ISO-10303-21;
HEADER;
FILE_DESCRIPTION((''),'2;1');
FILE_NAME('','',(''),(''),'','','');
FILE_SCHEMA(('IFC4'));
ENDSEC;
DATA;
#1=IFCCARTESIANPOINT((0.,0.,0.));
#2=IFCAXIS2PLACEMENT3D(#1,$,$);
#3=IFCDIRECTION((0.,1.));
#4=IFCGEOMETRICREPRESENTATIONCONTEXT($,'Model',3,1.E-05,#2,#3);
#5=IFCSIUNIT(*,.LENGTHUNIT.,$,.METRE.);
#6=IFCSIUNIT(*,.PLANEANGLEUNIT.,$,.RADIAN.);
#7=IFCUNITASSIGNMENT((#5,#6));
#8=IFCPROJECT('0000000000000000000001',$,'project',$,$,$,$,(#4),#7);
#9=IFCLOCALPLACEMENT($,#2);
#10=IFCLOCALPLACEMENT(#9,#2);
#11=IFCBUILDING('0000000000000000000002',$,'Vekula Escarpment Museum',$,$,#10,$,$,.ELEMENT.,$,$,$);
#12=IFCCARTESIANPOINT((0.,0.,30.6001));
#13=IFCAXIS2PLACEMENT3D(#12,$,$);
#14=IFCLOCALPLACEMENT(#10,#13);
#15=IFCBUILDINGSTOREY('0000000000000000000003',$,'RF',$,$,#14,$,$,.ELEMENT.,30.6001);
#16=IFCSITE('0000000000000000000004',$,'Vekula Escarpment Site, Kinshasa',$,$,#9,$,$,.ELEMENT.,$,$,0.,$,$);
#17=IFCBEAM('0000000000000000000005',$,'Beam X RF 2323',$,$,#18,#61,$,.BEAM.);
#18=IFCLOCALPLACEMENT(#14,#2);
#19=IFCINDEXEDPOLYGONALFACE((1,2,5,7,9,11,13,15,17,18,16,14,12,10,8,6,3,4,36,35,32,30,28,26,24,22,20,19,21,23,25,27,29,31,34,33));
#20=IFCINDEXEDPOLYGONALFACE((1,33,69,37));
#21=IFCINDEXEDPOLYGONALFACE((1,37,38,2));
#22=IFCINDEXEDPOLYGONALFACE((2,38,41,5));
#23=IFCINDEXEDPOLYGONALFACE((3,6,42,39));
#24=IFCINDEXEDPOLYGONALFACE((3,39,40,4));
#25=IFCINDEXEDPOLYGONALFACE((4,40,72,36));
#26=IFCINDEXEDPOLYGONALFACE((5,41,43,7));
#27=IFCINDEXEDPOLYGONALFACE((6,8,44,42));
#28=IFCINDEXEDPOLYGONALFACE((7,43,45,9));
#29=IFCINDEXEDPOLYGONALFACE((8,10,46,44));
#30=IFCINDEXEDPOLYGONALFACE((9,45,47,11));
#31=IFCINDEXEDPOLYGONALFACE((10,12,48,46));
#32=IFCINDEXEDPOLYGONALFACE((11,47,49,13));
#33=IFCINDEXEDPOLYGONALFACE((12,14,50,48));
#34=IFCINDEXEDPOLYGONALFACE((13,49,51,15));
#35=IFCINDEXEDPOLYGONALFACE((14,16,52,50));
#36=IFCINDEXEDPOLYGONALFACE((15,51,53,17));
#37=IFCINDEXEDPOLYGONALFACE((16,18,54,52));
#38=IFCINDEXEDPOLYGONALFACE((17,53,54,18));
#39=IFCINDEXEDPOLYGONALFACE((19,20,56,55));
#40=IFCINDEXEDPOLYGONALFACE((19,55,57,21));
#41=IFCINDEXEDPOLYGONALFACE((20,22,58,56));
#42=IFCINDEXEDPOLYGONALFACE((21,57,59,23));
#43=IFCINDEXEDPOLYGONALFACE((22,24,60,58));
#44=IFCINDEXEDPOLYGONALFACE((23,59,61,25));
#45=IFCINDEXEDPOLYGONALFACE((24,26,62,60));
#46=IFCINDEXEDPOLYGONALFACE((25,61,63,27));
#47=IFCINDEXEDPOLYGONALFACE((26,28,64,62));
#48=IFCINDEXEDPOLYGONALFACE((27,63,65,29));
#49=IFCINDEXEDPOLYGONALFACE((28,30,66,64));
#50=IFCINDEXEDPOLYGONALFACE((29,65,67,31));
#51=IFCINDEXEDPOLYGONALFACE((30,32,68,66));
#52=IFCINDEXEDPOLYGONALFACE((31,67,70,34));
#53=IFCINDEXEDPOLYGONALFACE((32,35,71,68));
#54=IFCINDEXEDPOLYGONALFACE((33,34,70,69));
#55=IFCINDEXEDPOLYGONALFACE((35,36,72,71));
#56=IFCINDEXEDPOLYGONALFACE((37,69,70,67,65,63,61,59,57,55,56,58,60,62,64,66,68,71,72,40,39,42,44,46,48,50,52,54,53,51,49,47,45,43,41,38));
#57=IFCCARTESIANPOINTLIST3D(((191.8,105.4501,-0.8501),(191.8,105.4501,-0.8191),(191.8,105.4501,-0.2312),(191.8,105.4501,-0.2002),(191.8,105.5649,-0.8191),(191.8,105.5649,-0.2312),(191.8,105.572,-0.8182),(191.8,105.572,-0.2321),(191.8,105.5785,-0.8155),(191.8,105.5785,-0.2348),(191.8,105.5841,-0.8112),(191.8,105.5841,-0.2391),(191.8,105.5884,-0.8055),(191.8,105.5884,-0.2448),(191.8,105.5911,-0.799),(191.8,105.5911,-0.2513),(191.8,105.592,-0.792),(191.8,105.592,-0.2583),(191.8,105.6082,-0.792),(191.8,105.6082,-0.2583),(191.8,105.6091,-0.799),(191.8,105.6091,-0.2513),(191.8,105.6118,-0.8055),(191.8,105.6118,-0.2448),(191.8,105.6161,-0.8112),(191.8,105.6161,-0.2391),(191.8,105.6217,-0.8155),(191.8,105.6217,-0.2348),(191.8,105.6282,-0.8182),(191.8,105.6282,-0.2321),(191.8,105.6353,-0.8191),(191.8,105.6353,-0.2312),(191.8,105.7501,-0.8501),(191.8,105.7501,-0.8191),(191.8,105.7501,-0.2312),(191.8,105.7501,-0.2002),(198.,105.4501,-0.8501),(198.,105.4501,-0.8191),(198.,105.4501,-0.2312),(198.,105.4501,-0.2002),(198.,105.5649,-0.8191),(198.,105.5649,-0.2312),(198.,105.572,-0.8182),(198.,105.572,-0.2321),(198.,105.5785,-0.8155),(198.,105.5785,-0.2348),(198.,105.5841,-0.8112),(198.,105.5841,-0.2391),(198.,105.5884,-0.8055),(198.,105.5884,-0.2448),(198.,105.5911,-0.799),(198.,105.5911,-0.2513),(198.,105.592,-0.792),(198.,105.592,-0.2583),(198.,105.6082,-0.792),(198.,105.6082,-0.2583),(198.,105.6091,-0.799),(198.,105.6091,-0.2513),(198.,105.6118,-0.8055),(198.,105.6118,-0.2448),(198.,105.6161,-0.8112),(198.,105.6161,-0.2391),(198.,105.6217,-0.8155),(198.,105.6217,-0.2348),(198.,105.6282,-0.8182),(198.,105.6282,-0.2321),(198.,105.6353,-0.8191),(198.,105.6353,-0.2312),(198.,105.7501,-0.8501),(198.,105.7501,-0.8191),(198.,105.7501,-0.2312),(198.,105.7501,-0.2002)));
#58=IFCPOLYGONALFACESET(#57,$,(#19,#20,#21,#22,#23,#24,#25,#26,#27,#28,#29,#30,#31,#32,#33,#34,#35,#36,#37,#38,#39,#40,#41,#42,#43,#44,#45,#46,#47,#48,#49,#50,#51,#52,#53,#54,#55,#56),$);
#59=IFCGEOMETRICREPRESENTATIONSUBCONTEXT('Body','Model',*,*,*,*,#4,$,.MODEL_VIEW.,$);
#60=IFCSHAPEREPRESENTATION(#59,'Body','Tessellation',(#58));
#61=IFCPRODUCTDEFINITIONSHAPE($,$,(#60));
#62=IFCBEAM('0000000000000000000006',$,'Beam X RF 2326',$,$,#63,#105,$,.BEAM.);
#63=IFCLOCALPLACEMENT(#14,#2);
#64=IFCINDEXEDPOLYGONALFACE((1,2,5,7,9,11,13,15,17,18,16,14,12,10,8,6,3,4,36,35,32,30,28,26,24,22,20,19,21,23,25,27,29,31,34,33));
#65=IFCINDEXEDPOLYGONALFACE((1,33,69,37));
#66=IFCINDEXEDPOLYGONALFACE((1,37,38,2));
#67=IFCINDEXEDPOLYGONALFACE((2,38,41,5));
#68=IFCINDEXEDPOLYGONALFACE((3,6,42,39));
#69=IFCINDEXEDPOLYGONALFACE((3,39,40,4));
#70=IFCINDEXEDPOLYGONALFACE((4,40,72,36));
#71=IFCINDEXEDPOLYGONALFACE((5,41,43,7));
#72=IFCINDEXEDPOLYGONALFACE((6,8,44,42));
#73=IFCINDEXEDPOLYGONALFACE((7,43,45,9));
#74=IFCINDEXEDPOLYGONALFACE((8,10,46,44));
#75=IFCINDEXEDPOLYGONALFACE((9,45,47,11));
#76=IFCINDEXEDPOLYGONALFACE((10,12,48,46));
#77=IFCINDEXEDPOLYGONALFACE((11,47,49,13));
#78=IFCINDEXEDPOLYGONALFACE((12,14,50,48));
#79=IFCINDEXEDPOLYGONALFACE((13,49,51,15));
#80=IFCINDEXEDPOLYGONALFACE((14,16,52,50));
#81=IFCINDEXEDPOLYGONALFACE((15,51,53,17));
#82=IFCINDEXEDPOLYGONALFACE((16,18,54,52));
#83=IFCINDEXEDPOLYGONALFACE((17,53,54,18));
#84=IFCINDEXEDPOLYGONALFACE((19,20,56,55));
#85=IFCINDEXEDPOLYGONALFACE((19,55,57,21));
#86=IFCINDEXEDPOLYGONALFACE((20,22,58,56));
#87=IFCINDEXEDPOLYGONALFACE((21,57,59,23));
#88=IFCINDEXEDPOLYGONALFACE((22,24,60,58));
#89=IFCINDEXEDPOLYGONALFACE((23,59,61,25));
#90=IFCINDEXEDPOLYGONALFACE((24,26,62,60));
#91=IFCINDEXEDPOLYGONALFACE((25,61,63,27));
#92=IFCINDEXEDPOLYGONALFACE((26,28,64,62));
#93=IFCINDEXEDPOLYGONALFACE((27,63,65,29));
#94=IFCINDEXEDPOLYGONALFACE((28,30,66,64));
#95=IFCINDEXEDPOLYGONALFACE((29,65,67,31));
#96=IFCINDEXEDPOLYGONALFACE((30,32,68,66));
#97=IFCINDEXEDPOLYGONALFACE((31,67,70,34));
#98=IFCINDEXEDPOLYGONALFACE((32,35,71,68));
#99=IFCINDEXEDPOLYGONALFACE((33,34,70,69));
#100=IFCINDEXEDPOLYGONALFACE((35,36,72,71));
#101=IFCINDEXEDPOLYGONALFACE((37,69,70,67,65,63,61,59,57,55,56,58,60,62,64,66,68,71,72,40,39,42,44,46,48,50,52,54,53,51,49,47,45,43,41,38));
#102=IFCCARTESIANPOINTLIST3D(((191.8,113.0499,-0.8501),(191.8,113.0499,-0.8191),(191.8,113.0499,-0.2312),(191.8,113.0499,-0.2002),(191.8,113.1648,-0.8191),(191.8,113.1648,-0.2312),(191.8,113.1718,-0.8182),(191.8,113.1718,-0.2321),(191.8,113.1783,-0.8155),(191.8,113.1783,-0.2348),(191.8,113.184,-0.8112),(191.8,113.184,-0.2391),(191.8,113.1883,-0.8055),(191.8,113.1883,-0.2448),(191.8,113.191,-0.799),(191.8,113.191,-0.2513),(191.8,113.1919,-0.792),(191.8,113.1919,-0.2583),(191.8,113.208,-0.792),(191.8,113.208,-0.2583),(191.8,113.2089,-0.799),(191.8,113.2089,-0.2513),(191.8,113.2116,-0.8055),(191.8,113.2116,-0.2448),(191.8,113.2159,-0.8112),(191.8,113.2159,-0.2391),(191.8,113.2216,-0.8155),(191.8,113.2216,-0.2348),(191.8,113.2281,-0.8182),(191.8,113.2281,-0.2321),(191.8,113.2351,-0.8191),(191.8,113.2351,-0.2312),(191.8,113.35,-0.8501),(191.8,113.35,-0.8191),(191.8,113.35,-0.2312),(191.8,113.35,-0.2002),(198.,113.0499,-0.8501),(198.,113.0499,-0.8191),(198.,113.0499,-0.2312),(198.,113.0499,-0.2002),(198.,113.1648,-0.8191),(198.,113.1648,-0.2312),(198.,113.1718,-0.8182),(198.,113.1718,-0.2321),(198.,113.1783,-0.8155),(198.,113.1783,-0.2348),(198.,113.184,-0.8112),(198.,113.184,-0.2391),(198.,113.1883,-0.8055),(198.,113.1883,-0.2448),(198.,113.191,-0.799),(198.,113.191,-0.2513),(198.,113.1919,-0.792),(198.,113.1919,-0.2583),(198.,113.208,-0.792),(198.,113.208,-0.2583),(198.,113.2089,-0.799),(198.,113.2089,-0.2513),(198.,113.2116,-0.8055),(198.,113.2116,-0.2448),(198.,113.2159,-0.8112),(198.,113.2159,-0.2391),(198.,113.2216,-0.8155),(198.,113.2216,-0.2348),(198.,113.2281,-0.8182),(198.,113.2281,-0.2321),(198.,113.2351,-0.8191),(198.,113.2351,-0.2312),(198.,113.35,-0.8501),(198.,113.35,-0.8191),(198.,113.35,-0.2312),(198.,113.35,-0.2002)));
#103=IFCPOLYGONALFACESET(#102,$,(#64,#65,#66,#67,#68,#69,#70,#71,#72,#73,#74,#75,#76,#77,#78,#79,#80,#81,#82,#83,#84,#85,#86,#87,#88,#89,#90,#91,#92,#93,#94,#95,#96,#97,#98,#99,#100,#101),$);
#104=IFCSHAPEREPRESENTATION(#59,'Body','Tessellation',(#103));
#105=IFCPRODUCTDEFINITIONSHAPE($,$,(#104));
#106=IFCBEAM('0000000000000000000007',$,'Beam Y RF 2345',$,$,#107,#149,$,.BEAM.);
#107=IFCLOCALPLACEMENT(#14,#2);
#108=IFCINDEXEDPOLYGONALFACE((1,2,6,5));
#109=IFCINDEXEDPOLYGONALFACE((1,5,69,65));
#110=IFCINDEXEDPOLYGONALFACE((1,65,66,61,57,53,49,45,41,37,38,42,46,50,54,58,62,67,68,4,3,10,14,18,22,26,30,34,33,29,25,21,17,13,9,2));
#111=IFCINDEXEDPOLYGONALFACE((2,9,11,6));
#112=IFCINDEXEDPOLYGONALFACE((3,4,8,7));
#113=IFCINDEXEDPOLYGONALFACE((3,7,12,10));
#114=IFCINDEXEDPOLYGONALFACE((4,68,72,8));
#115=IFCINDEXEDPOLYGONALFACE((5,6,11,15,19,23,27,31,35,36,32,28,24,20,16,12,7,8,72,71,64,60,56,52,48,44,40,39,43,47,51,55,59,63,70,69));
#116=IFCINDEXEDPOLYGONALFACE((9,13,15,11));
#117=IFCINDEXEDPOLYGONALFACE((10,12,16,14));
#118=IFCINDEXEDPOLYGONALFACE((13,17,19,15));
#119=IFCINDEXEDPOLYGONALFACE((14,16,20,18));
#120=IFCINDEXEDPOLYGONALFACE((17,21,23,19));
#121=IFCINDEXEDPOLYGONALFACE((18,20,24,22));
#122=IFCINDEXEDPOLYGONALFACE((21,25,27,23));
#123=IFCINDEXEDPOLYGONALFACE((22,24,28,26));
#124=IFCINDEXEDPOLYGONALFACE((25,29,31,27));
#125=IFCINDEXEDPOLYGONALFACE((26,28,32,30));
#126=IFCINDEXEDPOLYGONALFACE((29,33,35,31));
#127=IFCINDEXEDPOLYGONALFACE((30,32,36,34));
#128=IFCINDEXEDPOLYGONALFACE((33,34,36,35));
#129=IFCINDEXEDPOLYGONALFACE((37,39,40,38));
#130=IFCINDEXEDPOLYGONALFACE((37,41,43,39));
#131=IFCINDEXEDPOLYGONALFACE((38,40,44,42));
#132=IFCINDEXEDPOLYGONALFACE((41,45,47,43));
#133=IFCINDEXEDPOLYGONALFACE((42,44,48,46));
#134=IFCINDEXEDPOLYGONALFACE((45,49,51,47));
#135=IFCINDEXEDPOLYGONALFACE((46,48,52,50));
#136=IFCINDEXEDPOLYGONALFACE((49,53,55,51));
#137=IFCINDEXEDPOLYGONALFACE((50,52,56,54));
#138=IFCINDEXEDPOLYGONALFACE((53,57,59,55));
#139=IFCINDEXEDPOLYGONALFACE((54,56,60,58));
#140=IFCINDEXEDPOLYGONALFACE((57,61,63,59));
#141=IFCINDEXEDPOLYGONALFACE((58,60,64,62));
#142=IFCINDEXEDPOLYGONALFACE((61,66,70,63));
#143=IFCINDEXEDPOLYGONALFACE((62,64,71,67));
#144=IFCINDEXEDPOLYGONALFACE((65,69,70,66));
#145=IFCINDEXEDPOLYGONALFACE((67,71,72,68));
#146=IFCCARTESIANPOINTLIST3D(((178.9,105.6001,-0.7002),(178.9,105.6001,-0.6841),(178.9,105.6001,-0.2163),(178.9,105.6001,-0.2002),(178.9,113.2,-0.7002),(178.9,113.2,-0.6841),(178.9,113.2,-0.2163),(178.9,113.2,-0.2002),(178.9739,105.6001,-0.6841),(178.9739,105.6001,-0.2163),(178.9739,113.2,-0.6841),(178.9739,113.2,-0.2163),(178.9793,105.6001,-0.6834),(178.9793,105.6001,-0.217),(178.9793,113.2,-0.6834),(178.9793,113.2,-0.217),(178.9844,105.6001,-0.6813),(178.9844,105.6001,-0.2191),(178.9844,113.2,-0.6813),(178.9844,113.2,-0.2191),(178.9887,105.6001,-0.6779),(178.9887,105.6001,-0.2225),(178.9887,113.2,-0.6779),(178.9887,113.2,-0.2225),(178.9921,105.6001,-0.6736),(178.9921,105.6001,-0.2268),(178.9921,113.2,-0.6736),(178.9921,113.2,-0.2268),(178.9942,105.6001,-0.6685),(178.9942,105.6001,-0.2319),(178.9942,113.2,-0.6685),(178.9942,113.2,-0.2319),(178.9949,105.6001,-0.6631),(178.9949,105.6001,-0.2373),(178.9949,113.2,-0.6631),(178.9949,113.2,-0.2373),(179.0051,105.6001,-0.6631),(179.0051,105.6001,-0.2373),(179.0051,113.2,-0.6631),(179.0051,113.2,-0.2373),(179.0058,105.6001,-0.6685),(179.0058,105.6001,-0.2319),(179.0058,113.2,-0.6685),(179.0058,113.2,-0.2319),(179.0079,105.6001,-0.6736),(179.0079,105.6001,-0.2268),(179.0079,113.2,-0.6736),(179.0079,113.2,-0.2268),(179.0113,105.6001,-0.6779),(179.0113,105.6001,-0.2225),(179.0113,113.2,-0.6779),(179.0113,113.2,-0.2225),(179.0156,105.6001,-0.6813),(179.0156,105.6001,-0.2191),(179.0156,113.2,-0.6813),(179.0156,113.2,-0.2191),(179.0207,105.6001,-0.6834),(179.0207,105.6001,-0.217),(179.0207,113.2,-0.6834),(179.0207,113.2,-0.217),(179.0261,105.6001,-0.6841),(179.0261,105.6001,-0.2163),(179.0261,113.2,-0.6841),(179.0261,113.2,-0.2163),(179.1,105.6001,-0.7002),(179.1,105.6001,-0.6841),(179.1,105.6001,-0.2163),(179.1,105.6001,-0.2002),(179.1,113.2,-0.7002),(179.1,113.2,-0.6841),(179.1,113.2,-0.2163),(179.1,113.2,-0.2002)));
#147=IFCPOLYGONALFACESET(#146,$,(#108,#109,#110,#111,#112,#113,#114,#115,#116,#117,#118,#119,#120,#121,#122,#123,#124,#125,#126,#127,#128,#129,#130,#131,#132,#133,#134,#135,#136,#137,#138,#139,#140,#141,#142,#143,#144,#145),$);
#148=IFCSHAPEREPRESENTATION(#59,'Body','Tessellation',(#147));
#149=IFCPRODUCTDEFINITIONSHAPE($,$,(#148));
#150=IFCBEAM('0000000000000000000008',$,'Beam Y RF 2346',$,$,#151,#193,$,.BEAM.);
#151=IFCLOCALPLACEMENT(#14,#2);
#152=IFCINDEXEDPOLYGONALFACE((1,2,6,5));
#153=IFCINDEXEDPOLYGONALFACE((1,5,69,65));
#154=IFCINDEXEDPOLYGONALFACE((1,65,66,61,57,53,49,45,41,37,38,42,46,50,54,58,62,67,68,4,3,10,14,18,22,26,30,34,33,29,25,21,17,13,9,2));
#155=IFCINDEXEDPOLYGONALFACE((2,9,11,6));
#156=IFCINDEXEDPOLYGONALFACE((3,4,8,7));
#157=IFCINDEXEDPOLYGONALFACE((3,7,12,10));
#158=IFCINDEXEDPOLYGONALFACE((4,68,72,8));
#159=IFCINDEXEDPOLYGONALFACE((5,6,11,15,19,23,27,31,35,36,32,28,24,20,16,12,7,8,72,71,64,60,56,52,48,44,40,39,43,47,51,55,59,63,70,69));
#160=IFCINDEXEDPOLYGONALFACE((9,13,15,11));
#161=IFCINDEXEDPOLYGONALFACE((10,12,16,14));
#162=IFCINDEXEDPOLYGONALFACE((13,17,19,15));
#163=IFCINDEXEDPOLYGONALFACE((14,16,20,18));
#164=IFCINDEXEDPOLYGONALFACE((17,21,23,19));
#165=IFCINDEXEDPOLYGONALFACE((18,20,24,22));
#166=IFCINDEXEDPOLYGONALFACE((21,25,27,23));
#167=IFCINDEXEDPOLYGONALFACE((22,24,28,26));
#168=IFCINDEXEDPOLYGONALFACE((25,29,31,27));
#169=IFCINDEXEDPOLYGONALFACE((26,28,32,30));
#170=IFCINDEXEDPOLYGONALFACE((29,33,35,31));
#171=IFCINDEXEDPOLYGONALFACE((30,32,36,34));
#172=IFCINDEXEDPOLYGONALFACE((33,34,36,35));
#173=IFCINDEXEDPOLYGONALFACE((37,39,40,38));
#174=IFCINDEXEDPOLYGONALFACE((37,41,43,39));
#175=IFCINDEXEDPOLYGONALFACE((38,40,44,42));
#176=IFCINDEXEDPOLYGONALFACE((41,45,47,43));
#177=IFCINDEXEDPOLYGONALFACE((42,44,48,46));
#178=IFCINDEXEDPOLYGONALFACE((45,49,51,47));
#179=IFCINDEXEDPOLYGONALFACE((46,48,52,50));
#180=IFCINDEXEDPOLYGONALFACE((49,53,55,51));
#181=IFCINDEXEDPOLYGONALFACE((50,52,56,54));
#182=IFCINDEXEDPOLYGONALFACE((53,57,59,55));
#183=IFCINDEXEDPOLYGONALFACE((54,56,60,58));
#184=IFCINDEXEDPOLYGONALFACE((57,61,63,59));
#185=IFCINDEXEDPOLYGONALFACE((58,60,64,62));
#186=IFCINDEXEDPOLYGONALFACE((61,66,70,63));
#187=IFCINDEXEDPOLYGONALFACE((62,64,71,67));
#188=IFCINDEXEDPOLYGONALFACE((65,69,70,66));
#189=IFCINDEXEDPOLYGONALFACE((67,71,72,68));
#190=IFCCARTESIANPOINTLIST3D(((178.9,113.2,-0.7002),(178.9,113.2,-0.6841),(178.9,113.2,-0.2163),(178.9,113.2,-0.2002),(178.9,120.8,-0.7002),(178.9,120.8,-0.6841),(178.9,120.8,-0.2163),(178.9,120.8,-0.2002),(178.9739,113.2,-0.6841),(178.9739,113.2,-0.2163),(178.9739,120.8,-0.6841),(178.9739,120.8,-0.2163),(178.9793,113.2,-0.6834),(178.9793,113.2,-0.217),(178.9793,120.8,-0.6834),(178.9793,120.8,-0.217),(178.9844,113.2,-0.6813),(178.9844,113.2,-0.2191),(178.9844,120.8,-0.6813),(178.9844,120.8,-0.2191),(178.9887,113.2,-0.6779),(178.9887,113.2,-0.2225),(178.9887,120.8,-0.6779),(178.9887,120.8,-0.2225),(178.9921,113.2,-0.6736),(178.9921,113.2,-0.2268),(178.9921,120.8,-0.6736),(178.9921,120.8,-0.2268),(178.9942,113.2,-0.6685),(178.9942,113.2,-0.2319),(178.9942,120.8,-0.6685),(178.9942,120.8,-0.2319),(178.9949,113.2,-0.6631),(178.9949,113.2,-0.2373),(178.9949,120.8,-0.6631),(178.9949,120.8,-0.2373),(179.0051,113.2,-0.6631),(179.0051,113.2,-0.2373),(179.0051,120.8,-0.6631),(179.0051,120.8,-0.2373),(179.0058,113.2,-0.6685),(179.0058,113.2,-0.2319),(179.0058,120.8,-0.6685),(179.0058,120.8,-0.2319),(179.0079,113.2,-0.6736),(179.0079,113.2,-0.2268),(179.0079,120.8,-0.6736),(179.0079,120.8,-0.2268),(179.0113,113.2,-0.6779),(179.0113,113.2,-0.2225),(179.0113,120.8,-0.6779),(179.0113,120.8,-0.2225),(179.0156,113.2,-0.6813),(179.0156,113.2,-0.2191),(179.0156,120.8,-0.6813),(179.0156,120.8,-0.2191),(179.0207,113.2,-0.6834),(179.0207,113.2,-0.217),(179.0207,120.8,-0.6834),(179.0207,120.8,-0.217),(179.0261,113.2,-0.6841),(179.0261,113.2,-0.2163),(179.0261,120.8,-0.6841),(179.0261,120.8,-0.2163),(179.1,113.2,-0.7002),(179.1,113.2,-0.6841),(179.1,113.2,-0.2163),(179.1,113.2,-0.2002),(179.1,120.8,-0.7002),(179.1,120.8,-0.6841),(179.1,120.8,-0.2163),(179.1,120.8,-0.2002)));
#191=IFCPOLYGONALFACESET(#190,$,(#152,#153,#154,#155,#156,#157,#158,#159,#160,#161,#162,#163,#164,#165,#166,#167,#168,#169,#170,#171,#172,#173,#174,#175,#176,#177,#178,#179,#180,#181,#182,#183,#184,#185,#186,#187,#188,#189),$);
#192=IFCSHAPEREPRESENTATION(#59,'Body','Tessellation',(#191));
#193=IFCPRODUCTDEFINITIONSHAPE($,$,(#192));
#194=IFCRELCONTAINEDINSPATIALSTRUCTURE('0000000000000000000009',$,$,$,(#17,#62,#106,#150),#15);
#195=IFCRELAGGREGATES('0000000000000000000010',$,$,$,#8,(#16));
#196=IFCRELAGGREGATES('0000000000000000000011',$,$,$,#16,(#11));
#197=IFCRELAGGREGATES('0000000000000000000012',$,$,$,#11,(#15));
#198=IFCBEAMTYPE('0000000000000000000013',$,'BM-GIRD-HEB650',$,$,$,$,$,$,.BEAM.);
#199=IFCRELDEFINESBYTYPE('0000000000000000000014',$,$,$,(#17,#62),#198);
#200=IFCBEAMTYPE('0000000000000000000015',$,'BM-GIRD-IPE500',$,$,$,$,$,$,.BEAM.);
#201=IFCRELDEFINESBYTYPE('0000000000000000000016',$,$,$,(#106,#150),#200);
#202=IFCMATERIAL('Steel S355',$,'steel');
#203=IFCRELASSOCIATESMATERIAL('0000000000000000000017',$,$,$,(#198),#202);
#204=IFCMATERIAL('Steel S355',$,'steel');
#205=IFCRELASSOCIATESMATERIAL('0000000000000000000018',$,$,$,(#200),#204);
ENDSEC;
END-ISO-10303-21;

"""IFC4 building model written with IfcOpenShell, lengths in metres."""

from ifc_helpers import new_model, si_unit, direction, frame, origin, origin_2d, place, context, subcontext, project, spatial, i_section, extrude, material, material_profile, profile_set, type_object, element, save


model = new_model("IFC4")

# Units and contexts
model_context = context("Model", 3, precision=1e-05, world=origin(), true_north=direction((0.0, 1.0)))
body_context = subcontext(model_context, "Body", "Model", "MODEL_VIEW")
ifc_project = project(units=[si_unit("LENGTHUNIT", "METRE"), si_unit("PLANEANGLEUNIT", "RADIAN")], contexts=[model_context])

# Site, building, storey
site_placement = place(None, origin())
site = spatial("IfcSite", under=ifc_project, at=site_placement, Name="Vekula Escarpment Site, Kinshasa", CompositionType="ELEMENT", RefElevation=0.0)
building_placement = place(site_placement, origin())
building = spatial("IfcBuilding", under=site, at=building_placement, Name="Vekula Escarpment Museum", CompositionType="ELEMENT")
storey_placement = place(building_placement, frame((0.0, 0.0, 30.6001)))
storey = spatial("IfcBuildingStorey", under=building, at=storey_placement, Name="RF", CompositionType="ELEMENT", Elevation=30.6001)

# Beams
ifc_material_1 = material(Name="Steel S355", Category="steel")
ifc_material_profile_1 = material_profile(ifc_material_1, i_section(OverallWidth=0.3, OverallDepth=0.6499, WebThickness=0.0161, FlangeThickness=0.031, FilletRadius=0.0271, at=origin_2d()), Name="HEB 650")
ifc_profile_set_1 = profile_set([ifc_material_profile_1], Name="Steel S355")
beam_type_1 = type_object("IfcBeamType", Name="BM-GIRD-HEB650", PredefinedType="BEAM", material=ifc_profile_set_1)
for number, where, z_axis, x_axis, name in (
    (1, (191.8, 105.6001, -0.5251), (1.0, 0.0, 0.0), (0.0, 1.0, 0.0), "Beam X RF 2323"),
    (2, (191.8, 113.2, -0.5251), (1.0, 0.0, 0.0), (0.0, 1.0, 0.0), "Beam X RF 2326"),
):
    element("IfcBeam", number, at=place(storey_placement, frame(where, z_axis=z_axis, x_axis=x_axis)), inside=storey, type_object=beam_type_1, Name=name, PredefinedType="BEAM", context=body_context, shape_type="SweptSolid", body=[
        extrude(i_section(OverallWidth=0.3, OverallDepth=0.6499, WebThickness=0.0161, FlangeThickness=0.031, FilletRadius=0.0271, at=origin_2d()), origin(), (0.0, 0.0, 1.0), 6.2),
    ])
ifc_material_2 = material(Name="Steel S355", Category="steel")
ifc_material_profile_2 = material_profile(ifc_material_2, i_section(OverallWidth=0.2, OverallDepth=0.5, WebThickness=0.0103, FlangeThickness=0.0161, FilletRadius=0.021, at=origin_2d()), Name="IPE 500")
ifc_profile_set_2 = profile_set([ifc_material_profile_2], Name="Steel S355")
beam_type_2 = type_object("IfcBeamType", Name="BM-GIRD-IPE500", PredefinedType="BEAM", material=ifc_profile_set_2)
beam_1_placement = place(storey_placement, frame((179.0, 105.6001, -0.4502), z_axis=(0.0, 1.0, 0.0), x_axis=(-1.0, 0.0, 0.0)))
element("IfcBeam", 3, at=beam_1_placement, inside=storey, type_object=beam_type_2, Name="Beam Y RF 2345", PredefinedType="BEAM", context=body_context, shape_type="SweptSolid", body=[
    extrude(i_section(OverallWidth=0.2, OverallDepth=0.5, WebThickness=0.0103, FlangeThickness=0.0161, FilletRadius=0.021, at=origin_2d()), origin(), (0.0, 0.0, 1.0), 7.5999),
])
beam_2_placement = place(storey_placement, frame((179.0, 113.2, -0.4502), z_axis=(0.0, 1.0, 0.0), x_axis=(-1.0, 0.0, 0.0)))
element("IfcBeam", 4, at=beam_2_placement, inside=storey, type_object=beam_type_2, Name="Beam Y RF 2346", PredefinedType="BEAM", context=body_context, shape_type="SweptSolid", body=[
    extrude(i_section(OverallWidth=0.2, OverallDepth=0.5, WebThickness=0.0103, FlangeThickness=0.0161, FilletRadius=0.021, at=origin_2d()), origin(), (0.0, 0.0, 1.0), 7.6001),
])

save(model, "model.ifc")
